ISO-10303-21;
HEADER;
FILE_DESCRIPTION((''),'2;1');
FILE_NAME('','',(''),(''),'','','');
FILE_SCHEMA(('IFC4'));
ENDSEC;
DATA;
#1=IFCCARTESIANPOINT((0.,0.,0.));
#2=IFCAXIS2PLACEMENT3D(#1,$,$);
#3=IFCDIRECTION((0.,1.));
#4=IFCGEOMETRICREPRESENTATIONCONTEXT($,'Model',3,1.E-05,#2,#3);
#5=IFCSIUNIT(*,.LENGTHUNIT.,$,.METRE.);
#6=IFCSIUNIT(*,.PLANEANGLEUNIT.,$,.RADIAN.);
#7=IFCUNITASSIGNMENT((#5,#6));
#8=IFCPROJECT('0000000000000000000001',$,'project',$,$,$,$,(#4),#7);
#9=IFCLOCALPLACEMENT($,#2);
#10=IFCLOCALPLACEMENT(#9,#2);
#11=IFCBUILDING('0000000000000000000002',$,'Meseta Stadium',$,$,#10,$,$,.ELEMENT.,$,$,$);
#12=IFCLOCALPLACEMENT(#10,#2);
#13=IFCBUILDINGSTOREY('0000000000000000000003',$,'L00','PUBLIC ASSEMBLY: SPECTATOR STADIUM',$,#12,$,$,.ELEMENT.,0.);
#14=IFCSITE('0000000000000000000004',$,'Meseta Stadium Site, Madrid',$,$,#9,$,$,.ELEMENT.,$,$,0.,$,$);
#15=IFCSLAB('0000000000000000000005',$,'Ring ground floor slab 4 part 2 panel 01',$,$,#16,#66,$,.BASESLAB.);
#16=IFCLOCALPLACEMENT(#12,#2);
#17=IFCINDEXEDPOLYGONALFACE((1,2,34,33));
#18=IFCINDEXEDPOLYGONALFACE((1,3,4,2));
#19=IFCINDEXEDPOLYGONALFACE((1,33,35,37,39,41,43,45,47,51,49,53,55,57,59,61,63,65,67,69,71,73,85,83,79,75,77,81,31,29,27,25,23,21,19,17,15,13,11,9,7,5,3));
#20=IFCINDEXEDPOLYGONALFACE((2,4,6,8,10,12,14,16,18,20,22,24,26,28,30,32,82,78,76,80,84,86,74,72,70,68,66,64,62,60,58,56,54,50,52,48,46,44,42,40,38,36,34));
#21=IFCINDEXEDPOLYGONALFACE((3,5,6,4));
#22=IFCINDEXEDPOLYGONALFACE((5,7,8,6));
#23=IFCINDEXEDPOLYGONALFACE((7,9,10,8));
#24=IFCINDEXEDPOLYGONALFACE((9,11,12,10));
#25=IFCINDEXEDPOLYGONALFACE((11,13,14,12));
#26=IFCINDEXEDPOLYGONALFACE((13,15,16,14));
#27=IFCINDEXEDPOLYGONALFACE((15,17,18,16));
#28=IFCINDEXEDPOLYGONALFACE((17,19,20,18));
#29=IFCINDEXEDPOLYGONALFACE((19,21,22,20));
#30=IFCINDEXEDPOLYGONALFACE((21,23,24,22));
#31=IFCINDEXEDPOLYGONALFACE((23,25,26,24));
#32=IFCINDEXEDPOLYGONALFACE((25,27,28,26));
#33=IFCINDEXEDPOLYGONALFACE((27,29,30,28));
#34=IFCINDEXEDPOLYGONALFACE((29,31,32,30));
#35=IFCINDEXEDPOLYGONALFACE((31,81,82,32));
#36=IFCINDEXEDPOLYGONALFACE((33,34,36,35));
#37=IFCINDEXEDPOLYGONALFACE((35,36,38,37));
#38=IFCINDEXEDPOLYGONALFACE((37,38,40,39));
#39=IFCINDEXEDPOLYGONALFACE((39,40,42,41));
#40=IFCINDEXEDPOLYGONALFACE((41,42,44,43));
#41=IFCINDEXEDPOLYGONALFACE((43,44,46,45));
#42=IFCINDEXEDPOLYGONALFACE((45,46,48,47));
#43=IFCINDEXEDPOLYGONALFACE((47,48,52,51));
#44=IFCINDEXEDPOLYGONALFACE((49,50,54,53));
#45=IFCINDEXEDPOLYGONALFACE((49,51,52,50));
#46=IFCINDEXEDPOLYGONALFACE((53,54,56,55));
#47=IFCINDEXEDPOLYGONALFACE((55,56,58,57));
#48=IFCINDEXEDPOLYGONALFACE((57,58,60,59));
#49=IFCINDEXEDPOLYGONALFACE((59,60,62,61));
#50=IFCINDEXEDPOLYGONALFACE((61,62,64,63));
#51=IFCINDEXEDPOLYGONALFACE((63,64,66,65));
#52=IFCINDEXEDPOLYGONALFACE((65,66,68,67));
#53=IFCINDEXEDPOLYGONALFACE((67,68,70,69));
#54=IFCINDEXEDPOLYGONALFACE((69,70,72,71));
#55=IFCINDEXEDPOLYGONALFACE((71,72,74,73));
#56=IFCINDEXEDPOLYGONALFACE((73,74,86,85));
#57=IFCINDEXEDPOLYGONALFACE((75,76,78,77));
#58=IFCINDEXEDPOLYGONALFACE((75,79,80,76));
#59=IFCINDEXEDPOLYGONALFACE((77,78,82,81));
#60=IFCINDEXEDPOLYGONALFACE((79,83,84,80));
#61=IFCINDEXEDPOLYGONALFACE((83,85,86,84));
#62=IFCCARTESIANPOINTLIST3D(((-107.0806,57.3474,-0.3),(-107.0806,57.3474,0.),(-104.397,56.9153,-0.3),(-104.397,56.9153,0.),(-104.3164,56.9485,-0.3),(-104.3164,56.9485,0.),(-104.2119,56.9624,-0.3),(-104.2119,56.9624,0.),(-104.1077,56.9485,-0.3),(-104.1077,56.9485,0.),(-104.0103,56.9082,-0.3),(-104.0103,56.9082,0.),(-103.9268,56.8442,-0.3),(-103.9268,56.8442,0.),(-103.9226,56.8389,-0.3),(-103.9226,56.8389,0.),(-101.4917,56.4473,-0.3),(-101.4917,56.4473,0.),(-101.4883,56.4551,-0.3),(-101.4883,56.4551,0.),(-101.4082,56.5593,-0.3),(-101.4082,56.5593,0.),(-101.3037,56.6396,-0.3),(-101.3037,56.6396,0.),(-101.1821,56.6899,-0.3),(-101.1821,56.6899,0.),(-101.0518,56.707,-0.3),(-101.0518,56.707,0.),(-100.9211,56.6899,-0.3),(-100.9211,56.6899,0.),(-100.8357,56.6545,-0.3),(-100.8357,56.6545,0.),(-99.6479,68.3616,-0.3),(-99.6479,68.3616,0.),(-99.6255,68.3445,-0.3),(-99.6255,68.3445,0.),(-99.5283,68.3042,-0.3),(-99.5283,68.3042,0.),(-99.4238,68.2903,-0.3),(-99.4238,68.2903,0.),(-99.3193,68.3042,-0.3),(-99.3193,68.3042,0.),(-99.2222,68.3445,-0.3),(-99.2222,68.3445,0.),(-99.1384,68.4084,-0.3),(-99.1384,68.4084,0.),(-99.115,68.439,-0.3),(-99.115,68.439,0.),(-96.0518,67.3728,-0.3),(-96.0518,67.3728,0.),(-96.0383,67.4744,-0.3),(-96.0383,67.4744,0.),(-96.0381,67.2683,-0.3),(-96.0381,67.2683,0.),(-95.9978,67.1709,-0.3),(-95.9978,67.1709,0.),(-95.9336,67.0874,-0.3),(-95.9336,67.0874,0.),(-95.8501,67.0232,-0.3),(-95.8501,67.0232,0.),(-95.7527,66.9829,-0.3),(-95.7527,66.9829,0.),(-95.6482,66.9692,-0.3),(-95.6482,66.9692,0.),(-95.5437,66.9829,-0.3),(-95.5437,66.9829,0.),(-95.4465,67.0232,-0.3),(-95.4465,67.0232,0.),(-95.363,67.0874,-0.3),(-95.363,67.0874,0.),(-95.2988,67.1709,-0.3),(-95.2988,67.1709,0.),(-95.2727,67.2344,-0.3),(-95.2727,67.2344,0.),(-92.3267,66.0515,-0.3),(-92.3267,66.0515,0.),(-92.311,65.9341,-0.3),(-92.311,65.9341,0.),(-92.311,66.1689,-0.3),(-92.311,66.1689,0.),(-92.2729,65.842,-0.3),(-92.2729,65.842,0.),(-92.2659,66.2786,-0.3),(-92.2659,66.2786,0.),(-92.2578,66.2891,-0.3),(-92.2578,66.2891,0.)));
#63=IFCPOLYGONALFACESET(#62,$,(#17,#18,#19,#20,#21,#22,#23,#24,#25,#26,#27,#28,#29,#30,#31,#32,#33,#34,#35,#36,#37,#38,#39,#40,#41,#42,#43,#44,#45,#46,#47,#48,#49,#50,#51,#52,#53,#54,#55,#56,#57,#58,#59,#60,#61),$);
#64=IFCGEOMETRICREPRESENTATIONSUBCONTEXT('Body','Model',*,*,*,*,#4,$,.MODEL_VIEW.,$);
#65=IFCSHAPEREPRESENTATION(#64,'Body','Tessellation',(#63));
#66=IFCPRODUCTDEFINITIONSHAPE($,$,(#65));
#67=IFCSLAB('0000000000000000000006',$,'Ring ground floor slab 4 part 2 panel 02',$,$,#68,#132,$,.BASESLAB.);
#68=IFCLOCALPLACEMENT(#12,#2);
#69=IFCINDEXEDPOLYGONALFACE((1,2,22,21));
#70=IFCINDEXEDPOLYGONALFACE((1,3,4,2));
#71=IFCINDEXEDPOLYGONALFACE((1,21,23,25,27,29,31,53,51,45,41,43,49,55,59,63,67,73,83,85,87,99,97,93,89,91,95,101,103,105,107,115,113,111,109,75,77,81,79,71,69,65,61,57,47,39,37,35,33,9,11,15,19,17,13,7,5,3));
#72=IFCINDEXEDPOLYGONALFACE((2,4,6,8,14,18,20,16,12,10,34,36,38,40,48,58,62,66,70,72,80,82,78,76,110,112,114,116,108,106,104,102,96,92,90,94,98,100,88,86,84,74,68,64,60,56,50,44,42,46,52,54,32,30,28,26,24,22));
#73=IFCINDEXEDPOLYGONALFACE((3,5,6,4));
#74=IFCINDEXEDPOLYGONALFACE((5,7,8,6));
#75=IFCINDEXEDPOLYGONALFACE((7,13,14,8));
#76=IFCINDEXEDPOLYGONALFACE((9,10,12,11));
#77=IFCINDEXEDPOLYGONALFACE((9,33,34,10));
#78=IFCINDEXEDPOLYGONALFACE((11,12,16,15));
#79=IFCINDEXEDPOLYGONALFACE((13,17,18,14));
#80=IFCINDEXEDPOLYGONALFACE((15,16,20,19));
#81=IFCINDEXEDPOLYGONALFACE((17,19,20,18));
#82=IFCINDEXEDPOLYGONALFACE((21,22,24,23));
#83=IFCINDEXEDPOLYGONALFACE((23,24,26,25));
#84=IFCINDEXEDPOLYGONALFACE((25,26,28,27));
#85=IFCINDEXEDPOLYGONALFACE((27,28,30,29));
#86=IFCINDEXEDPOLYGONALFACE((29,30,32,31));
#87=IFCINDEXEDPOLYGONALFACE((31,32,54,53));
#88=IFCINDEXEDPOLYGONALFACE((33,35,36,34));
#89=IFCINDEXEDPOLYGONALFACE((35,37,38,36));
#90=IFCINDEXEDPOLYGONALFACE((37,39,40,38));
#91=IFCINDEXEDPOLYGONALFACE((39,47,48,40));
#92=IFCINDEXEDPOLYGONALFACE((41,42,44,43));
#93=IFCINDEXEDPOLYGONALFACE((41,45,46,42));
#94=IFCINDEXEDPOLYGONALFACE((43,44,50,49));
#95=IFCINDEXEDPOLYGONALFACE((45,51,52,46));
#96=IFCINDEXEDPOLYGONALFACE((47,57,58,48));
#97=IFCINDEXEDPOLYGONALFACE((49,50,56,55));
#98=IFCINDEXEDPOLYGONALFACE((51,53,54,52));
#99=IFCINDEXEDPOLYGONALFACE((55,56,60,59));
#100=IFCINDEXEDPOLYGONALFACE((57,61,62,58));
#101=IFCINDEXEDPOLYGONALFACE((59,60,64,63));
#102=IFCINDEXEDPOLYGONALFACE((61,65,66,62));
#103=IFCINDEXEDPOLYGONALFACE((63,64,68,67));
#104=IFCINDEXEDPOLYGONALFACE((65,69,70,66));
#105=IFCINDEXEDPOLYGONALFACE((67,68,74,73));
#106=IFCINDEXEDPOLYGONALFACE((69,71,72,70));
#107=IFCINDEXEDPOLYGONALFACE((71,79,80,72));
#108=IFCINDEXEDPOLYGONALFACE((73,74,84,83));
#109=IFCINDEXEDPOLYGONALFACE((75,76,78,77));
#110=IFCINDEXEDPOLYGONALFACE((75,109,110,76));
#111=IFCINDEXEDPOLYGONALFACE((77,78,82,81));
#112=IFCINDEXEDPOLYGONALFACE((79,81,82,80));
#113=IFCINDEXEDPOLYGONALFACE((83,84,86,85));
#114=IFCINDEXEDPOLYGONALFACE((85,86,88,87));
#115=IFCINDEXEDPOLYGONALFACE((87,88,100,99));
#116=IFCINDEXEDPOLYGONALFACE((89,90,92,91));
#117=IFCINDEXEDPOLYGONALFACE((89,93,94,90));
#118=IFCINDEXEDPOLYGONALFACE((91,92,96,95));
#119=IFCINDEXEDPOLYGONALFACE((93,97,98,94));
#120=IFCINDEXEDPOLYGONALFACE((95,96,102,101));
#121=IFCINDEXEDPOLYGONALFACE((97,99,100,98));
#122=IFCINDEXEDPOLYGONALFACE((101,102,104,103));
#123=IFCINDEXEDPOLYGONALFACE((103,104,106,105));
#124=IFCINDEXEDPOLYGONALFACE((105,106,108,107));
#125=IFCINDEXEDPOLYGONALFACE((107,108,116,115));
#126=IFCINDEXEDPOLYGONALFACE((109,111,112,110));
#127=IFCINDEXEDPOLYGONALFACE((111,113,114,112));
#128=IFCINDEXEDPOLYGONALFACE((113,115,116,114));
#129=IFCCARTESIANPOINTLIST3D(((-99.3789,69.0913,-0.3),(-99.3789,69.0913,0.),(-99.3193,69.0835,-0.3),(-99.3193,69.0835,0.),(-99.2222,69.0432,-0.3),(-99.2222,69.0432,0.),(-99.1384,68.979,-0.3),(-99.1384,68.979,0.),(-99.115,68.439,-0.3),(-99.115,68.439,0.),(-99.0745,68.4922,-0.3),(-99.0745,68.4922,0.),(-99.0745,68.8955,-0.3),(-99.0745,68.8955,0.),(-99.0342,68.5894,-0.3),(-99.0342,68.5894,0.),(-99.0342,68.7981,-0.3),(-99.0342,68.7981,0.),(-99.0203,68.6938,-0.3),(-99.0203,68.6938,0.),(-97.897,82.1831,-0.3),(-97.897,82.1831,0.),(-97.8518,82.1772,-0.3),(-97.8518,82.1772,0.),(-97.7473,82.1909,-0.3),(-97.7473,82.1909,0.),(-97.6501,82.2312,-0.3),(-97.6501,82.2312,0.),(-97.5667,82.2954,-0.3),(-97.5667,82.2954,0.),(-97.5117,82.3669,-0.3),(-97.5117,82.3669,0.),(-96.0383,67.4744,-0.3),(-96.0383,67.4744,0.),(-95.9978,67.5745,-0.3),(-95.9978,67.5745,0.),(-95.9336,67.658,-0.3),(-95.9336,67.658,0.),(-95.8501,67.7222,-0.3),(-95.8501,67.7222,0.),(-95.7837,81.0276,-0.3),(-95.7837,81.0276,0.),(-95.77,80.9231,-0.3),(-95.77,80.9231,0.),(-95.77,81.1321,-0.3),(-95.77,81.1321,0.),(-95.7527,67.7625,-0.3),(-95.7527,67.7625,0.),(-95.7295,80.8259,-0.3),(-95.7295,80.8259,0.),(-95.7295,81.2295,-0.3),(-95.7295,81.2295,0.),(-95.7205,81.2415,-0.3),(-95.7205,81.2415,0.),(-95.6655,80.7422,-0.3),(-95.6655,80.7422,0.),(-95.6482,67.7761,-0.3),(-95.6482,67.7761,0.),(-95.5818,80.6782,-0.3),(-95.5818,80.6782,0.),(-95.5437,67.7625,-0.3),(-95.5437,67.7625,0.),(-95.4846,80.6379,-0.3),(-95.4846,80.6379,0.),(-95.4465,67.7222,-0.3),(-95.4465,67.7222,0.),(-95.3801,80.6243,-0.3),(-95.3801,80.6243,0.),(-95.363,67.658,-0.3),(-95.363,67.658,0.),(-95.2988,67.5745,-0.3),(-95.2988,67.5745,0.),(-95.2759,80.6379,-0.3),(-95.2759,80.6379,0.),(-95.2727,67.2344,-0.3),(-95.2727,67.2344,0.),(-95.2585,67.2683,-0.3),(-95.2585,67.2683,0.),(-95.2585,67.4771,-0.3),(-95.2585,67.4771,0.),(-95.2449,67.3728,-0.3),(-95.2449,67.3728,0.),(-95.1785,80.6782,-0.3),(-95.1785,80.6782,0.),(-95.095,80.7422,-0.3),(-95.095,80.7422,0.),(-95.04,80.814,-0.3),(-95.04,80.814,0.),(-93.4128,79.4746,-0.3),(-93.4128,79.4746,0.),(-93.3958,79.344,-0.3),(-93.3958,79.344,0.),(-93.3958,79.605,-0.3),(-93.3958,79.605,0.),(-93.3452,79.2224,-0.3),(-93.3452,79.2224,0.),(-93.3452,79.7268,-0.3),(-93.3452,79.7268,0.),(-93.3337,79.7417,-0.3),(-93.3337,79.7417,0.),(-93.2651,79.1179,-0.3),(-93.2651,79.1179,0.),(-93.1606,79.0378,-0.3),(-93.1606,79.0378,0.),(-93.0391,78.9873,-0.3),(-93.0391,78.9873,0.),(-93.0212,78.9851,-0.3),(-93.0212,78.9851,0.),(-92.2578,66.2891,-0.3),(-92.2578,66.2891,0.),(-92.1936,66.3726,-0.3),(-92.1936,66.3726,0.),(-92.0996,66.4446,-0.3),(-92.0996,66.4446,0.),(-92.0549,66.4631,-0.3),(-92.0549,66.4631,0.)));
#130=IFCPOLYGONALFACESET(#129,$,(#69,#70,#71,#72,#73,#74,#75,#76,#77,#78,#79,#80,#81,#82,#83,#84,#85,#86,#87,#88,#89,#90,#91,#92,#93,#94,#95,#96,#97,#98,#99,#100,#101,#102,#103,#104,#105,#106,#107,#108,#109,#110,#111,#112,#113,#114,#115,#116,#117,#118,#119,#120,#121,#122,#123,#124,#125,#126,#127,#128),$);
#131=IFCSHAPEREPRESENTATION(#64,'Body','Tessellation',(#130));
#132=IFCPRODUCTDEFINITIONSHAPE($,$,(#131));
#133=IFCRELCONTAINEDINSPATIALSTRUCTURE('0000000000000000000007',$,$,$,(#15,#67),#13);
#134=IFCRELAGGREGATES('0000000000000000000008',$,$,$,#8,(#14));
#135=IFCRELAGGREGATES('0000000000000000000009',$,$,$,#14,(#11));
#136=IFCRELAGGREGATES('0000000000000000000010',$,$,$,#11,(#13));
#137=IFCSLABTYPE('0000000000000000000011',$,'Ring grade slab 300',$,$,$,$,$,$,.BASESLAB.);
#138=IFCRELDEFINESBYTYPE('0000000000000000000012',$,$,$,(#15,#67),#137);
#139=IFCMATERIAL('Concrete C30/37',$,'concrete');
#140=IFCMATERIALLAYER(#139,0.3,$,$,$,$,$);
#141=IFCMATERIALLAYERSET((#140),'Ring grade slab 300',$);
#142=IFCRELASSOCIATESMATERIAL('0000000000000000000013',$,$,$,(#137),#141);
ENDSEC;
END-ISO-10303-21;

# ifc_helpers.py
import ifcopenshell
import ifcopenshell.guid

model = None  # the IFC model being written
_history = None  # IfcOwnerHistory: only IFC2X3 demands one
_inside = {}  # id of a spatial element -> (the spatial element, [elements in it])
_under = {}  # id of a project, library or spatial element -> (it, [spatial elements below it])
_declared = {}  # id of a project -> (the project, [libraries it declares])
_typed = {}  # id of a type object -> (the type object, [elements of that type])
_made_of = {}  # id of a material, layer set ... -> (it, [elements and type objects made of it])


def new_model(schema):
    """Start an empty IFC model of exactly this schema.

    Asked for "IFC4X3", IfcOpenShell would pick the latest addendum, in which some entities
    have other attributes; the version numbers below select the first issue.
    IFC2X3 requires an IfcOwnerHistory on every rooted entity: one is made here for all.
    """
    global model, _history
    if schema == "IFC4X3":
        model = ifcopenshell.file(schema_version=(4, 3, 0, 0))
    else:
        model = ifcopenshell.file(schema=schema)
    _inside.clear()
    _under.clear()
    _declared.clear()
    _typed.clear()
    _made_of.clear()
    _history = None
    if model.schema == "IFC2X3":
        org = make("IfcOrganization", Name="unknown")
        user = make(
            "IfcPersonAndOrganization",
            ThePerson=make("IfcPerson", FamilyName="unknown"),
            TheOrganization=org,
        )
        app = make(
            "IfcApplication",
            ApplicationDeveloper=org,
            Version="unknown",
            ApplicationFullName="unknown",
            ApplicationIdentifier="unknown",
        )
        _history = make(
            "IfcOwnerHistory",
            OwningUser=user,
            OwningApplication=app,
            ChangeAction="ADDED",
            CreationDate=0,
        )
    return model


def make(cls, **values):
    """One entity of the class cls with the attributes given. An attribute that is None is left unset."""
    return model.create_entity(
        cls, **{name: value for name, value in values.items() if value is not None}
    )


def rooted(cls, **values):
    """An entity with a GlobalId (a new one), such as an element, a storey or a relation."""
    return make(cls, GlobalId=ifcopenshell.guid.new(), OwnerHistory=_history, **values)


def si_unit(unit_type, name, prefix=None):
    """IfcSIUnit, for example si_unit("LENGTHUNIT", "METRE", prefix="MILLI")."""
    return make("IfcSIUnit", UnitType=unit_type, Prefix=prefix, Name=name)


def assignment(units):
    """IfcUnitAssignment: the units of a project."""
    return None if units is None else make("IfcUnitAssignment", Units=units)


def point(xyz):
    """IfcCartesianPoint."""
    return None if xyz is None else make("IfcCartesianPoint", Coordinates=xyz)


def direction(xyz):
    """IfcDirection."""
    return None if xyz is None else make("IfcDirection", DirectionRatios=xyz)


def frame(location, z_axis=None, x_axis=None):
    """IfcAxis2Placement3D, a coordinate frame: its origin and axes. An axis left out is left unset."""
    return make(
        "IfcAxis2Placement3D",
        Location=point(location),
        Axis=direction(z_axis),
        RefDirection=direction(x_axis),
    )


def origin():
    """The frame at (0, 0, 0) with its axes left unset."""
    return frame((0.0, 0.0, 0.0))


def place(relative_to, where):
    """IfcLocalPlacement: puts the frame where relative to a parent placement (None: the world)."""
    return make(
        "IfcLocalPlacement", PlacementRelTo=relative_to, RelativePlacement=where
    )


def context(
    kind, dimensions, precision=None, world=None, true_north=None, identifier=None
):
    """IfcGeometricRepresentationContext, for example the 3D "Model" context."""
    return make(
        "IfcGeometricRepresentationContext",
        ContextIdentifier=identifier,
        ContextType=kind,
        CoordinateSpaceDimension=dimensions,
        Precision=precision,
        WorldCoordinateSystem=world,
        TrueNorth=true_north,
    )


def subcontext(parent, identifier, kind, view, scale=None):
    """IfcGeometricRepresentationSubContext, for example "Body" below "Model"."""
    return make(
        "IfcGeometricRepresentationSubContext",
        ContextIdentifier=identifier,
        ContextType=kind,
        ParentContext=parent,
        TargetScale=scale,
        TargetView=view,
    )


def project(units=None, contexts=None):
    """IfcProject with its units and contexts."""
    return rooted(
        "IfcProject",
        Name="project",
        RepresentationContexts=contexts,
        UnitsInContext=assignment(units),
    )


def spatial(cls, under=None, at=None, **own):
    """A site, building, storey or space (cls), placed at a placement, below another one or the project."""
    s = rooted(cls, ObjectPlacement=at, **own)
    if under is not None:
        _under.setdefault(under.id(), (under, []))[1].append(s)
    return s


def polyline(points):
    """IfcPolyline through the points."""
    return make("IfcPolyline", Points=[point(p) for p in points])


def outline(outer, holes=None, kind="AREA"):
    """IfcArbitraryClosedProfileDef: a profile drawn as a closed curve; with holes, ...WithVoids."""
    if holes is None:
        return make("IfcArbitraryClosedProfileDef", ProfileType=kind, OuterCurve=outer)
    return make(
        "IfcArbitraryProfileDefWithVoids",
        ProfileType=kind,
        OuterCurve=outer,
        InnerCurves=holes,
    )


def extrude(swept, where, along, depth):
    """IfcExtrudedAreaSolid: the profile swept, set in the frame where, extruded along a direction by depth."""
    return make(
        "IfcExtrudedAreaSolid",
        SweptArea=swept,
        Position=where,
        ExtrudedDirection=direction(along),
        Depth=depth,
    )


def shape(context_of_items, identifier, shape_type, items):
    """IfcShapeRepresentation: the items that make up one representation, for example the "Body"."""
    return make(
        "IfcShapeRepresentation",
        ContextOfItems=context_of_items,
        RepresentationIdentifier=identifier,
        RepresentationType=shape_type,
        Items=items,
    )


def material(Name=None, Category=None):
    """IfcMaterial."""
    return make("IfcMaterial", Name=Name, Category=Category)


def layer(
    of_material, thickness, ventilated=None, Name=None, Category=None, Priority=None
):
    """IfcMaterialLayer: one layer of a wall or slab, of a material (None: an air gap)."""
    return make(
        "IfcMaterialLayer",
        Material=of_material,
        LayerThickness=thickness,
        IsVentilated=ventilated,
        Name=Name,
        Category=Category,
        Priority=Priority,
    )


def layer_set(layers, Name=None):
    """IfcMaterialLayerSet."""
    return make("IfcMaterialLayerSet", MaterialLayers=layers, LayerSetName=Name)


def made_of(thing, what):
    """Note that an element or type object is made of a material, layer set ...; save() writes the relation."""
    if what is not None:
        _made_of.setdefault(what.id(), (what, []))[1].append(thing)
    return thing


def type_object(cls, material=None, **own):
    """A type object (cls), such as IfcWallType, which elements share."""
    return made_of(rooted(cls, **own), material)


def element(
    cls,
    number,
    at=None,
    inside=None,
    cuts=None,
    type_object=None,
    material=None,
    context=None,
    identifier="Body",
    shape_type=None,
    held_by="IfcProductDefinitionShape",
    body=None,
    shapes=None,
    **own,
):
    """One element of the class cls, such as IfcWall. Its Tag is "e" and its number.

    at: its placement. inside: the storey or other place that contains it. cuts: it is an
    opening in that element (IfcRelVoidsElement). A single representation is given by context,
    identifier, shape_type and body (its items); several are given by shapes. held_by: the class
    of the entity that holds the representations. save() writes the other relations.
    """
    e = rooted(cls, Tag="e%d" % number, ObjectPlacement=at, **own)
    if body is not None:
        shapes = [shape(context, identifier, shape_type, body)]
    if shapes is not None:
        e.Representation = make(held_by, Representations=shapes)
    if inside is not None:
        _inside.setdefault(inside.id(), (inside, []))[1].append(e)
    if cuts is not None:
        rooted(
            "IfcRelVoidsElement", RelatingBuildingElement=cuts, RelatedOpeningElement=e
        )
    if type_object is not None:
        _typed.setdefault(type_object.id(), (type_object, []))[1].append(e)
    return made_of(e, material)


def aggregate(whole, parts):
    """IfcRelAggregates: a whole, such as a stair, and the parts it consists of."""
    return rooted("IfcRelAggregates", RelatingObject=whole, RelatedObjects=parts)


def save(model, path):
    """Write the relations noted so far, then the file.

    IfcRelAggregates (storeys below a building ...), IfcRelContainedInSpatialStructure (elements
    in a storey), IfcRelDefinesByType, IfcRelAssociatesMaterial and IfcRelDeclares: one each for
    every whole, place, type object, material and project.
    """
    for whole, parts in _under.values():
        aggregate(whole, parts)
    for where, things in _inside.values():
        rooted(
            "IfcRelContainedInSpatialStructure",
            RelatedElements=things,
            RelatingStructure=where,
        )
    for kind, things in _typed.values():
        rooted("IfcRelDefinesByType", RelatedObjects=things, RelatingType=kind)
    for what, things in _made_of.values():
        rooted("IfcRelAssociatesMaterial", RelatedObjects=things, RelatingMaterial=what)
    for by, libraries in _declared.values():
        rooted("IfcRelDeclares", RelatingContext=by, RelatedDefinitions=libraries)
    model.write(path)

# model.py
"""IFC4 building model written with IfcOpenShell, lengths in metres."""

from ifc_helpers import new_model, si_unit, direction, frame, origin, place, context, subcontext, project, spatial, polyline, outline, extrude, material, layer, layer_set, type_object, element, save


model = new_model("IFC4")

# Units and contexts
model_context = context("Model", 3, precision=1e-05, world=origin(), true_north=direction((0.0, 1.0)))
body_context = subcontext(model_context, "Body", "Model", "MODEL_VIEW")
ifc_project = project(units=[si_unit("LENGTHUNIT", "METRE"), si_unit("PLANEANGLEUNIT", "RADIAN")], contexts=[model_context])

# Site, building, storey
site_placement = place(None, origin())
site = spatial("IfcSite", under=ifc_project, at=site_placement, Name="Meseta Stadium Site, Madrid", CompositionType="ELEMENT", RefElevation=0.0)
building_placement = place(site_placement, origin())
building = spatial("IfcBuilding", under=site, at=building_placement, Name="Meseta Stadium", CompositionType="ELEMENT")
storey_placement = place(building_placement, origin())
storey = spatial("IfcBuildingStorey", under=building, at=storey_placement, Name="L00", Description="PUBLIC ASSEMBLY: SPECTATOR STADIUM", CompositionType="ELEMENT", Elevation=0.0)

# Slabs
ifc_material_1 = material(Name="Concrete C30/37", Category="concrete")
ifc_layer_1 = layer(ifc_material_1, 0.3)
ifc_layer_set_1 = layer_set([ifc_layer_1], Name="Ring grade slab 300")
slab_type_1 = type_object("IfcSlabType", Name="Ring grade slab 300", PredefinedType="BASESLAB", material=ifc_layer_set_1)
slab_1_placement = place(storey_placement, frame((0.0, 0.0, -0.3)))
element("IfcSlab", 1, at=slab_1_placement, inside=storey, type_object=slab_type_1, Name="Ring ground floor slab 4 part 2 panel 01", PredefinedType="BASESLAB", context=body_context, shape_type="SweptSolid", body=[
    extrude(outline(polyline([(-92.311, 66.1689), (-92.2659, 66.2786), (-92.2578, 66.2891), (-95.2727, 67.2344), (-95.2988, 67.1709), (-95.363, 67.0874), (-95.4465, 67.0232), (-95.5437, 66.9829), (-95.6482, 66.9692), (-95.7527, 66.9829), (-95.8501, 67.0232), (-95.9336, 67.0874), (-95.9978, 67.1709), (-96.0381, 67.2683), (-96.0518, 67.3728), (-96.0383, 67.4744), (-99.115, 68.439), (-99.1384, 68.4084), (-99.2222, 68.3445), (-99.3193, 68.3042), (-99.4238, 68.2903), (-99.5283, 68.3042), (-99.6255, 68.3445), (-99.6479, 68.3616), (-107.0806, 57.3474), (-104.397, 56.9153), (-104.3164, 56.9485), (-104.2119, 56.9624), (-104.1077, 56.9485), (-104.0103, 56.9082), (-103.9268, 56.8442), (-103.9226, 56.8389), (-101.4917, 56.4473), (-101.4883, 56.4551), (-101.4082, 56.5593), (-101.3037, 56.6396), (-101.1821, 56.6899), (-101.0518, 56.707), (-100.9211, 56.6899), (-100.8357, 56.6545), (-92.2729, 65.842), (-92.311, 65.9341), (-92.3267, 66.0515), (-92.311, 66.1689)])), origin(), (0.0, 0.0, 1.0), 0.3),
])
slab_2_placement = place(storey_placement, frame((0.0, 0.0, -0.3)))
element("IfcSlab", 2, at=slab_2_placement, inside=storey, type_object=slab_type_1, Name="Ring ground floor slab 4 part 2 panel 02", PredefinedType="BASESLAB", context=body_context, shape_type="SweptSolid", body=[
    extrude(outline(polyline([(-97.6501, 82.2312), (-97.7473, 82.1909), (-97.8518, 82.1772), (-97.897, 82.1831), (-99.3789, 69.0913), (-99.3193, 69.0835), (-99.2222, 69.0432), (-99.1384, 68.979), (-99.0745, 68.8955), (-99.0342, 68.7981), (-99.0203, 68.6938), (-99.0342, 68.5894), (-99.0745, 68.4922), (-99.115, 68.439), (-96.0383, 67.4744), (-95.9978, 67.5745), (-95.9336, 67.658), (-95.8501, 67.7222), (-95.7527, 67.7625), (-95.6482, 67.7761), (-95.5437, 67.7625), (-95.4465, 67.7222), (-95.363, 67.658), (-95.2988, 67.5745), (-95.2585, 67.4771), (-95.2449, 67.3728), (-95.2585, 67.2683), (-95.2727, 67.2344), (-92.2578, 66.2891), (-92.1936, 66.3726), (-92.0996, 66.4446), (-92.0549, 66.4631), (-93.0212, 78.9851), (-93.0391, 78.9873), (-93.1606, 79.0378), (-93.2651, 79.1179), (-93.3452, 79.2224), (-93.3958, 79.344), (-93.4128, 79.4746), (-93.3958, 79.605), (-93.3452, 79.7268), (-93.3337, 79.7417), (-95.04, 80.814), (-95.095, 80.7422), (-95.1785, 80.6782), (-95.2759, 80.6379), (-95.3801, 80.6243), (-95.4846, 80.6379), (-95.5818, 80.6782), (-95.6655, 80.7422), (-95.7295, 80.8259), (-95.77, 80.9231), (-95.7837, 81.0276), (-95.77, 81.1321), (-95.7295, 81.2295), (-95.7205, 81.2415), (-97.5117, 82.3669), (-97.5667, 82.2954), (-97.6501, 82.2312)])), origin(), (0.0, 0.0, 1.0), 0.3),
])

save(model, "model.ifc")
